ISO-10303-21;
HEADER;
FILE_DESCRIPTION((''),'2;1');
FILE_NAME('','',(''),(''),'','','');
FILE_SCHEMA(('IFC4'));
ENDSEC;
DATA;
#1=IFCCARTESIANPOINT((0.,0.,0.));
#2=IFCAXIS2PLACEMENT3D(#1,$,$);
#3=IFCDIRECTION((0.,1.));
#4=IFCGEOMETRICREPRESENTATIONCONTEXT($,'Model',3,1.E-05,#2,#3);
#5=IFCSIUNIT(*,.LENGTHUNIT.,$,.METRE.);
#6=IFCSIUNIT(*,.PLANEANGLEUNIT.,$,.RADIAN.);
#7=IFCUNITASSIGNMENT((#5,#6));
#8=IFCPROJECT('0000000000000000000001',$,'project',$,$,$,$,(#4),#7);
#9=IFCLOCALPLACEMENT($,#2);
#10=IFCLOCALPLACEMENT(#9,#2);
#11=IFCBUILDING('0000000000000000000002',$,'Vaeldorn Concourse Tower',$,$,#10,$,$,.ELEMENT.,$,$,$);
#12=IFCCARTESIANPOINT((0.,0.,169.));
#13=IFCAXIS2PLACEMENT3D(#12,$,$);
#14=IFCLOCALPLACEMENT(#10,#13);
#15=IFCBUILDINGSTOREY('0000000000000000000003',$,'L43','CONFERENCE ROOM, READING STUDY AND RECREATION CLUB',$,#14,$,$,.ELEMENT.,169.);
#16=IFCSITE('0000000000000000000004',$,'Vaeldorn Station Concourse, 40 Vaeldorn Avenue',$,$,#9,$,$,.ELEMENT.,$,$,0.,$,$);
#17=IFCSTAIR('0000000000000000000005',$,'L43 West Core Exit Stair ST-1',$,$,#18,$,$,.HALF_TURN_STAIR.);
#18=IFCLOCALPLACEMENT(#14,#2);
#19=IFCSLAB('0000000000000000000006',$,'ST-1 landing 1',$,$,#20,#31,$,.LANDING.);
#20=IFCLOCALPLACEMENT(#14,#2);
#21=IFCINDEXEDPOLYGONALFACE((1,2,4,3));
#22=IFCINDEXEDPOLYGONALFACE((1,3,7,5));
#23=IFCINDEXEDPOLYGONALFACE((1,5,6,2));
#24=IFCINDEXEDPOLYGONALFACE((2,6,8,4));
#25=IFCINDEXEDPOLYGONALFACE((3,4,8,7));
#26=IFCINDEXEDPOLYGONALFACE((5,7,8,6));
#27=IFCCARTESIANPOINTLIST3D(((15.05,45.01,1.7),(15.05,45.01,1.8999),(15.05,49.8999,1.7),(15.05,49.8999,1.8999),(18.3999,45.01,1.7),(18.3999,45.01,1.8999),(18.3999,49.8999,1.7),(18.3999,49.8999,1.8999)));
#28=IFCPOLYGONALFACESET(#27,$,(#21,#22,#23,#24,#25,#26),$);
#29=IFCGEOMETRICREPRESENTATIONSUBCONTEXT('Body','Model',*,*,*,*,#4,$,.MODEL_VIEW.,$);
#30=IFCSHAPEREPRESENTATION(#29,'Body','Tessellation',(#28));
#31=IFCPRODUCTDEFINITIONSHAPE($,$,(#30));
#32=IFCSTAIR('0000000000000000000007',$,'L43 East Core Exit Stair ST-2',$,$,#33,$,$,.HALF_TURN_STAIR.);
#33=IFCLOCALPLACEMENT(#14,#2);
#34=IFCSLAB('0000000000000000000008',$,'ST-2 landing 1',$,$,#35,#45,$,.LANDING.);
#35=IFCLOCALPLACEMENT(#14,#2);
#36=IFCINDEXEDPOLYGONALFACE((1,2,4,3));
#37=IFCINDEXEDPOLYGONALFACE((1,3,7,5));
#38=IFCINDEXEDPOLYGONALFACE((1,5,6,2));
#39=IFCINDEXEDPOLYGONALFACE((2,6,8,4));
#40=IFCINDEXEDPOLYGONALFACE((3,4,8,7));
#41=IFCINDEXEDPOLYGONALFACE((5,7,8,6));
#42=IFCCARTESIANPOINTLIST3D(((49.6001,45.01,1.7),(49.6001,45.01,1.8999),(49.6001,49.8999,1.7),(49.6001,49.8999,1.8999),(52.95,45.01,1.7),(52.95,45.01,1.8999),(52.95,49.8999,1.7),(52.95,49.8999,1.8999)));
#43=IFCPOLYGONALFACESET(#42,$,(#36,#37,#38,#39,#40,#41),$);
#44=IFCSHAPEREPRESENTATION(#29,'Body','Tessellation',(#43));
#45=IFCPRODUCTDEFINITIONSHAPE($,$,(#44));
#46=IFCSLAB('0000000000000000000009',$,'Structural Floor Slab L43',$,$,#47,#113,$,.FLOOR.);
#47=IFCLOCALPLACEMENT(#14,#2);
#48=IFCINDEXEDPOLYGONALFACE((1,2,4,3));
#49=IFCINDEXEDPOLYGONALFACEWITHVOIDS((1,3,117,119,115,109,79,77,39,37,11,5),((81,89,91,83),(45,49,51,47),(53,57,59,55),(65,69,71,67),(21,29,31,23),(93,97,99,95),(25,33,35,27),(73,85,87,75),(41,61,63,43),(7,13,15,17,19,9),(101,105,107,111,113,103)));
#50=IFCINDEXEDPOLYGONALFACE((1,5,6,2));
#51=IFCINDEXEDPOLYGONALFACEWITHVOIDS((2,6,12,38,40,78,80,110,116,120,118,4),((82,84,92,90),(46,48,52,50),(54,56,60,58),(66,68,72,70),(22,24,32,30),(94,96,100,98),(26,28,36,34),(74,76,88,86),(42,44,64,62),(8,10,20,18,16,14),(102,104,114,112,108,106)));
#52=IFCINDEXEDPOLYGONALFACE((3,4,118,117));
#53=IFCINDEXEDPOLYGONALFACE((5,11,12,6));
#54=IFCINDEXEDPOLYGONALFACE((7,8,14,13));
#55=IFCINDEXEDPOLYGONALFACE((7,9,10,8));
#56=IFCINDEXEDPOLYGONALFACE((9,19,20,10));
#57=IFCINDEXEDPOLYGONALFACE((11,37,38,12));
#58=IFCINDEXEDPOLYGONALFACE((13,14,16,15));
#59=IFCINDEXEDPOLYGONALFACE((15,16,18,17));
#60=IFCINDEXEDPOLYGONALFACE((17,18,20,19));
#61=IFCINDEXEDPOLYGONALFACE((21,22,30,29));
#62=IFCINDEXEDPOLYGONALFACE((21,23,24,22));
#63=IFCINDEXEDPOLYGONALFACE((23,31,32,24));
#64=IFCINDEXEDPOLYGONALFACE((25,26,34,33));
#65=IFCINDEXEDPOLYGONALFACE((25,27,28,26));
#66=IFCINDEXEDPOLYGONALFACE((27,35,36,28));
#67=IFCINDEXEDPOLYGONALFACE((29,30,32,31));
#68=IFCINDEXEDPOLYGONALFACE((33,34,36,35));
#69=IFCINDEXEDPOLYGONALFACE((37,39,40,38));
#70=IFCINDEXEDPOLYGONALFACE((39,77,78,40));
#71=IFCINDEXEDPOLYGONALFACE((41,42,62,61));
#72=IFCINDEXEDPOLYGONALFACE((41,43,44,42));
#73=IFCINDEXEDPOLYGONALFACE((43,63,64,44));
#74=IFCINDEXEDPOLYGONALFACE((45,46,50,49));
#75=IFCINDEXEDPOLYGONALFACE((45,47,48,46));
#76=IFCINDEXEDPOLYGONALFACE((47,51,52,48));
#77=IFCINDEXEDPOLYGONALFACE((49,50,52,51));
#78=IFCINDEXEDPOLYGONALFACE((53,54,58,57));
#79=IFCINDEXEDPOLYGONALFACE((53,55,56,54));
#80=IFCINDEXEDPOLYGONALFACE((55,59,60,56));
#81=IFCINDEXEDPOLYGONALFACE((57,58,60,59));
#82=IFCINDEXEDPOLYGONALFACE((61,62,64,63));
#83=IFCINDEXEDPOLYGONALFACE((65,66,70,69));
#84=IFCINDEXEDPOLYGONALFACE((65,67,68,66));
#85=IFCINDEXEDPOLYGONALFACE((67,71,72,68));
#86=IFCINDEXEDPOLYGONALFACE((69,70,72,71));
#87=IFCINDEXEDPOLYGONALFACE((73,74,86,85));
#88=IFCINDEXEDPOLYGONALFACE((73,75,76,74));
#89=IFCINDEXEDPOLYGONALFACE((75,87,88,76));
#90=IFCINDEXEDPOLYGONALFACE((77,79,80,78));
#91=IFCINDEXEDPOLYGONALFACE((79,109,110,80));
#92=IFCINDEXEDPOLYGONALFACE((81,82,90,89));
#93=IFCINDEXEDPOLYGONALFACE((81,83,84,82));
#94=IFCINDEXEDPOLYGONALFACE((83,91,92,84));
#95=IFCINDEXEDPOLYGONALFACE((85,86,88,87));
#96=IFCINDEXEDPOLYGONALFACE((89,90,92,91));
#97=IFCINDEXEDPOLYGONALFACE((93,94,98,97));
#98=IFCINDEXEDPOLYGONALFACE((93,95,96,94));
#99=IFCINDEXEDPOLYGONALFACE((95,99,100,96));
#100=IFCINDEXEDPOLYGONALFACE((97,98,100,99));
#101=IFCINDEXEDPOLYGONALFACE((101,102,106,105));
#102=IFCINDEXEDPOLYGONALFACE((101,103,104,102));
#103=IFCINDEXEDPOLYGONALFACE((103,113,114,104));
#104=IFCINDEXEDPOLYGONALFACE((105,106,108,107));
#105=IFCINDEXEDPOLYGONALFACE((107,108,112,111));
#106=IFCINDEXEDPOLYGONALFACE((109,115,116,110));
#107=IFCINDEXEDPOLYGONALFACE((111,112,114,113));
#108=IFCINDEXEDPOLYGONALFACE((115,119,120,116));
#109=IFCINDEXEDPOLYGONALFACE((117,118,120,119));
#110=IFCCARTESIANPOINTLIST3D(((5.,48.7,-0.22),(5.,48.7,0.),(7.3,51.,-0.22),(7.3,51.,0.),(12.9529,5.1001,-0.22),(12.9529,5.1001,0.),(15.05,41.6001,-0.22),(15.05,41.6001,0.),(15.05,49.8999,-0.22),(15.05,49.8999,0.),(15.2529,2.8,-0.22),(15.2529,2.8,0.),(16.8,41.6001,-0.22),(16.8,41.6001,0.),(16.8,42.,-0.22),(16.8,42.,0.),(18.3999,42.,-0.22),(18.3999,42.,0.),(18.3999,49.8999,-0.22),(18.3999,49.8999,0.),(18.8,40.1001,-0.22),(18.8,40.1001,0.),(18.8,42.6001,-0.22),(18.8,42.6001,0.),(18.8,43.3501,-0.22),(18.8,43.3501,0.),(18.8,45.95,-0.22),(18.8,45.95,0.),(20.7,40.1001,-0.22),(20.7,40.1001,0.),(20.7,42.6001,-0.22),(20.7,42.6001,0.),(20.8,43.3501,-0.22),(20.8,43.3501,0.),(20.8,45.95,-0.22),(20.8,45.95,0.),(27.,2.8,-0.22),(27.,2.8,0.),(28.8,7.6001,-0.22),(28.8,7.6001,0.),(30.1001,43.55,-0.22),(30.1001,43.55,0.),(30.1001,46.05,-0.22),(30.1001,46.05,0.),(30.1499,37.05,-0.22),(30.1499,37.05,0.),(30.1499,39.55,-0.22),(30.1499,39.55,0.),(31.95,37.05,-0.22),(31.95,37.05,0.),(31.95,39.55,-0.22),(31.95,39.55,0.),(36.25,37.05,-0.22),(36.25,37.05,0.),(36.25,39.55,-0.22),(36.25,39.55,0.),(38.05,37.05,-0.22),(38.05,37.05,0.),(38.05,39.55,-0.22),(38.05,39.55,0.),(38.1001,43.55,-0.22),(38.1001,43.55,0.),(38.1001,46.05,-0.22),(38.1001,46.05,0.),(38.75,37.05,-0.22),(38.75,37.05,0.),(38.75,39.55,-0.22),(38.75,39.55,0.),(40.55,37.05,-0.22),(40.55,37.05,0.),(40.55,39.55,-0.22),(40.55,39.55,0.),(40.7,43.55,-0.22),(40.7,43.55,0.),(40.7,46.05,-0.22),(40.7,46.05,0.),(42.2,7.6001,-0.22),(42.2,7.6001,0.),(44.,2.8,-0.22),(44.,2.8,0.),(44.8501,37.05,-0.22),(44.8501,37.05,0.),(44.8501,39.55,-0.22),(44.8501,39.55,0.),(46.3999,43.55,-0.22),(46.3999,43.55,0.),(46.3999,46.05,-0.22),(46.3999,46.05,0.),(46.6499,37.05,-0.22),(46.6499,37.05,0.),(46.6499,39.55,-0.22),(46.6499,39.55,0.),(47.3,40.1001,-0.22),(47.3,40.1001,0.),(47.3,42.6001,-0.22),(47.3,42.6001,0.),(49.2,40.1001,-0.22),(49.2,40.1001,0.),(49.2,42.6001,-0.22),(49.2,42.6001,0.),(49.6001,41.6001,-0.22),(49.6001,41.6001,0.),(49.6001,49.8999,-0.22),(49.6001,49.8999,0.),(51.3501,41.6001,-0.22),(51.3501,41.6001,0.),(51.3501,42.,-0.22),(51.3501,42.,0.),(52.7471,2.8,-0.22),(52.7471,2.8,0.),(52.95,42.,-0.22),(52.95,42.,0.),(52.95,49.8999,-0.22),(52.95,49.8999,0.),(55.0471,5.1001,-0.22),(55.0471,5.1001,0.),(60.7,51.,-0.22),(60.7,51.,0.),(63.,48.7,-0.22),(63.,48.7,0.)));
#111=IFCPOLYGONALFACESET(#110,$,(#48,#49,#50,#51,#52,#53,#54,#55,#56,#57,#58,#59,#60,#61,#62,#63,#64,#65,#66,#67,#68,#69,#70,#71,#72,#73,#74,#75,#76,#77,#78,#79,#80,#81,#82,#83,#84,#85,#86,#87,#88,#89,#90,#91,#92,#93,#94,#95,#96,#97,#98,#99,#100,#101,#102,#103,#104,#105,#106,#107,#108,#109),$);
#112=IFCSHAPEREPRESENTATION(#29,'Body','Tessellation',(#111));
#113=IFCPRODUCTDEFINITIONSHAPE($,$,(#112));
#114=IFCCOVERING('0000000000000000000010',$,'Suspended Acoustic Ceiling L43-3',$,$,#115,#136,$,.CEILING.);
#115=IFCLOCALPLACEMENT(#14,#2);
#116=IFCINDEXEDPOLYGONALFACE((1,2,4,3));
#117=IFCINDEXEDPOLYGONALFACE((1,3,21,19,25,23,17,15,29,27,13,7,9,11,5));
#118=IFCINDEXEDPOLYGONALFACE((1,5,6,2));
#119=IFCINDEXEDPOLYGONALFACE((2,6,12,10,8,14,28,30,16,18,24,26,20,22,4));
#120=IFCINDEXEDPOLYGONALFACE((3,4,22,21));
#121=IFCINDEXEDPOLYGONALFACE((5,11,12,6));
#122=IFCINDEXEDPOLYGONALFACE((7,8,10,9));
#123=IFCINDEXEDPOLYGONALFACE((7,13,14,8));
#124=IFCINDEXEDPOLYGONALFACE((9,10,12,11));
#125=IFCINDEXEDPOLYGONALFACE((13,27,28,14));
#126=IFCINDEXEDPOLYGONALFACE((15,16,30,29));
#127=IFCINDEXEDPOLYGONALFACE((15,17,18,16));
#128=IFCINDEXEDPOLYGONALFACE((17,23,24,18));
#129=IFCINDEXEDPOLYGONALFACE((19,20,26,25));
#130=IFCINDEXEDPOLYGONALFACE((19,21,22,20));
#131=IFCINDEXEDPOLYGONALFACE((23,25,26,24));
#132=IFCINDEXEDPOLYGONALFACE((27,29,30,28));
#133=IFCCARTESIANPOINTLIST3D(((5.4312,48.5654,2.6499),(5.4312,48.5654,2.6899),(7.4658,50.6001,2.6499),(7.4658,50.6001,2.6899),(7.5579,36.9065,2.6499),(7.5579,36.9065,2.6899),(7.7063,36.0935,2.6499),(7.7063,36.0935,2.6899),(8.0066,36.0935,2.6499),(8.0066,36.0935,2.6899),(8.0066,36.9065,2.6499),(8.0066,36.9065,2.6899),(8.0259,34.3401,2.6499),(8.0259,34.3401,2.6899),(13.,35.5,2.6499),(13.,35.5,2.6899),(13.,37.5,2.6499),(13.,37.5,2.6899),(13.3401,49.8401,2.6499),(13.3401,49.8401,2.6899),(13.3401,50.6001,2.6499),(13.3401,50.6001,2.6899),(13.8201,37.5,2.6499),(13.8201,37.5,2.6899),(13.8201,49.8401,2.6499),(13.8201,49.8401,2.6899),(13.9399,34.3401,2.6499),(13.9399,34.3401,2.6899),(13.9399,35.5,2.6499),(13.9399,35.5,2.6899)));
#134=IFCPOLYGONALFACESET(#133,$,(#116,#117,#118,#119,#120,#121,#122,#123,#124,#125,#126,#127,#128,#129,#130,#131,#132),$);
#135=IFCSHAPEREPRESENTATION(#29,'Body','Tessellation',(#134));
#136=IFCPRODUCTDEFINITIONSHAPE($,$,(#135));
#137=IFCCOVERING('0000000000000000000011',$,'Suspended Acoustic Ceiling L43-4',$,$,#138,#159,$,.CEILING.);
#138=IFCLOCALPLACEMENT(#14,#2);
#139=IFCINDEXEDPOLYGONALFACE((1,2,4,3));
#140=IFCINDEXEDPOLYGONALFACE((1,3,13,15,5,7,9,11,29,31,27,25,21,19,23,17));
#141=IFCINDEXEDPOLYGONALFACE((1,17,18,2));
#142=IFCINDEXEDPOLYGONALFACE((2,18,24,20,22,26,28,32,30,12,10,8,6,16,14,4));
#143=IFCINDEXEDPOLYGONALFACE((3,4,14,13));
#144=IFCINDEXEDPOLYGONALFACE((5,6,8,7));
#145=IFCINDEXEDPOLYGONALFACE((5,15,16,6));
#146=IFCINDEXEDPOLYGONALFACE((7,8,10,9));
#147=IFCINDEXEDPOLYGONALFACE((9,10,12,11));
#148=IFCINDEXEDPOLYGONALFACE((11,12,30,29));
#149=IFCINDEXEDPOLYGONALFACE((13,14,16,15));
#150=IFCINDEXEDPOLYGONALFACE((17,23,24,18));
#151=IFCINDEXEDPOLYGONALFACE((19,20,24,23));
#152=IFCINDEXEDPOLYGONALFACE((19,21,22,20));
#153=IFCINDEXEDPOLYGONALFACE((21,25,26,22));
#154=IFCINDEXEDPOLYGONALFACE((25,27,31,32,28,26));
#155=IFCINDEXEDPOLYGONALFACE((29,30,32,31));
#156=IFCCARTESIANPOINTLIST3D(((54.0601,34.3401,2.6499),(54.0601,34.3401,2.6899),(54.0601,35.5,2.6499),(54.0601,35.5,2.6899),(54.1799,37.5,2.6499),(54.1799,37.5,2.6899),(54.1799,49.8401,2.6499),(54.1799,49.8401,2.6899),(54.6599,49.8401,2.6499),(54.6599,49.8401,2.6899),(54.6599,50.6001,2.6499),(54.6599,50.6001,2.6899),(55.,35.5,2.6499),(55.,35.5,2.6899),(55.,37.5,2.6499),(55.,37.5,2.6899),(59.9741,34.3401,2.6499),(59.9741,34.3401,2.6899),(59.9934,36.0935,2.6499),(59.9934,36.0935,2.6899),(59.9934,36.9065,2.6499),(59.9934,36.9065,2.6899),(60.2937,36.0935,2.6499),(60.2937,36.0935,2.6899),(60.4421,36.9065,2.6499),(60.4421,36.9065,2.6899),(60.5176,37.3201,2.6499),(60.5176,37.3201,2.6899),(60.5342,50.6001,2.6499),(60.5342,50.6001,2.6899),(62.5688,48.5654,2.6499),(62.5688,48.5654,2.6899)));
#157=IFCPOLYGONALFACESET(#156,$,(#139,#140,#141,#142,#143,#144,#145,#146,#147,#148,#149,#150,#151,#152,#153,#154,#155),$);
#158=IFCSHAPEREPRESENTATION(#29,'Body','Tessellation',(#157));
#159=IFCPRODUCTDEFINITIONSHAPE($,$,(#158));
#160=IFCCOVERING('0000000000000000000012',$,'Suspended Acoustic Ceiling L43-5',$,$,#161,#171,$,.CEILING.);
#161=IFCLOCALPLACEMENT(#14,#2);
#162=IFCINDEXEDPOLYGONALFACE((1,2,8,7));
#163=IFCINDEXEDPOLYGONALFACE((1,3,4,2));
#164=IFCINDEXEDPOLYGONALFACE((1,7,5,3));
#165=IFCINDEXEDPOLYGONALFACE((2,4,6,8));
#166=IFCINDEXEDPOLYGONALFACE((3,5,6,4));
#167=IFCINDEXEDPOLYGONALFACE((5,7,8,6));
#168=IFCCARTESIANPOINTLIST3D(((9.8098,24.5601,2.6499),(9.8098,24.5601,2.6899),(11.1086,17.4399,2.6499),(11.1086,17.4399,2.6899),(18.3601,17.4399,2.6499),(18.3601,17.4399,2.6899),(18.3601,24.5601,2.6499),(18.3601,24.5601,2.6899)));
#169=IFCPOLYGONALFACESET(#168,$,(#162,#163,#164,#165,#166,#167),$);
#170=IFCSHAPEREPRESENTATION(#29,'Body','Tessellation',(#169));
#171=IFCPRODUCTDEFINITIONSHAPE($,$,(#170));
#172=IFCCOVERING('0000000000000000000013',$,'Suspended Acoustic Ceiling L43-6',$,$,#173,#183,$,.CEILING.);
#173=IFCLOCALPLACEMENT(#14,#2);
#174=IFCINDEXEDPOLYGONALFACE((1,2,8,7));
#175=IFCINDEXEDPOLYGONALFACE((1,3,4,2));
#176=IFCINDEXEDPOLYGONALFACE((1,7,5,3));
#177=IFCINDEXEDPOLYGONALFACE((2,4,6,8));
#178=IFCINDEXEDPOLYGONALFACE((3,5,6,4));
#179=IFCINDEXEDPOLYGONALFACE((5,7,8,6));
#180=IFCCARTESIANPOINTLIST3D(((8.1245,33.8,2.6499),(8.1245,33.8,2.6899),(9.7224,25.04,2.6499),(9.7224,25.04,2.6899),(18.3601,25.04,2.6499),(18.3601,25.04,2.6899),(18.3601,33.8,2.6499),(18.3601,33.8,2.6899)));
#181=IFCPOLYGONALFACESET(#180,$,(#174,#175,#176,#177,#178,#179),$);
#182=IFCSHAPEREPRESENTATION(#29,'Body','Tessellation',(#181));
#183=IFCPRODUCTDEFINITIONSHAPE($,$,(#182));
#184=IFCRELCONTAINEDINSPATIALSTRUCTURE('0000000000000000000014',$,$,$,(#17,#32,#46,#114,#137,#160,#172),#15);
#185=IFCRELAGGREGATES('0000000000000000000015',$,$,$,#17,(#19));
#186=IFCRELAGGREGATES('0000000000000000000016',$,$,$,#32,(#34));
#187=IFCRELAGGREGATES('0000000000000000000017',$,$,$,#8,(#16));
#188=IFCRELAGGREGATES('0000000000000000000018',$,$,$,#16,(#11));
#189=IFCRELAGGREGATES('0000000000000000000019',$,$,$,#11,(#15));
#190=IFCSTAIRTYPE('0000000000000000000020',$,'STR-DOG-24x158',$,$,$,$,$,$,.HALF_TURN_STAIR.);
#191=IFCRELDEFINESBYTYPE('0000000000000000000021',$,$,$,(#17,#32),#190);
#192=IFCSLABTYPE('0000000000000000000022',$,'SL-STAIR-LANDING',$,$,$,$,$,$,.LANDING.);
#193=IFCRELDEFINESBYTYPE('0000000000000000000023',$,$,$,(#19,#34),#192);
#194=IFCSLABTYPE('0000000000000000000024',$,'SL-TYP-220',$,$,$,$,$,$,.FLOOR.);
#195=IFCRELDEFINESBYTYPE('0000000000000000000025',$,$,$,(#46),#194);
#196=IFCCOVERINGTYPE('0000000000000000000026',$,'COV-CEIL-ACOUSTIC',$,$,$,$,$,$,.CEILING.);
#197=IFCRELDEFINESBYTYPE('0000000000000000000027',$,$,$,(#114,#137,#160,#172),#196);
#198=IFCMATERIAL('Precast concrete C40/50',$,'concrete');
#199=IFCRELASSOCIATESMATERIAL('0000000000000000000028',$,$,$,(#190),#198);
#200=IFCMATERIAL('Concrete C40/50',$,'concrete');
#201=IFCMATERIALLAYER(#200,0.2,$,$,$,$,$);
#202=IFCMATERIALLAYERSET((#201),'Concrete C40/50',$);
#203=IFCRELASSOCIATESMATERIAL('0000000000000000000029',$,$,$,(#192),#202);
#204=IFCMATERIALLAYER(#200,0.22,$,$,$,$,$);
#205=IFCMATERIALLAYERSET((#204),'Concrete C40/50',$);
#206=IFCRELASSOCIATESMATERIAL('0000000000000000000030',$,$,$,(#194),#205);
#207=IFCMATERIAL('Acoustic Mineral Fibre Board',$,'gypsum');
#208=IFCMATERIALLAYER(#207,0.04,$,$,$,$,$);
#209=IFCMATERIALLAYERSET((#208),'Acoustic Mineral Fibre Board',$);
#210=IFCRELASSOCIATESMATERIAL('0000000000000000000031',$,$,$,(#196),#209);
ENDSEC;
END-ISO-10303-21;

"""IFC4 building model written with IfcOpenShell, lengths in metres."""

from ifc_helpers import new_model, si_unit, direction, frame, origin, place, context, subcontext, project, spatial, polyline, outline, extrude, material, layer, layer_set, type_object, element, aggregate, save


model = new_model("IFC4")

# Units and contexts
model_context = context("Model", 3, precision=1e-05, world=origin(), true_north=direction((0.0, 1.0)))
body_context = subcontext(model_context, "Body", "Model", "MODEL_VIEW")
ifc_project = project(units=[si_unit("LENGTHUNIT", "METRE"), si_unit("PLANEANGLEUNIT", "RADIAN")], contexts=[model_context])

# Site, building, storey
site_placement = place(None, origin())
site = spatial("IfcSite", under=ifc_project, at=site_placement, Name="Vaeldorn Station Concourse, 40 Vaeldorn Avenue", CompositionType="ELEMENT", RefElevation=0.0)
building_placement = place(site_placement, origin())
building = spatial("IfcBuilding", under=site, at=building_placement, Name="Vaeldorn Concourse Tower", CompositionType="ELEMENT")
storey_placement = place(building_placement, frame((0.0, 0.0, 169.0)))
storey = spatial("IfcBuildingStorey", under=building, at=storey_placement, Name="L43", Description="CONFERENCE ROOM, READING STUDY AND RECREATION CLUB", CompositionType="ELEMENT", Elevation=169.0)

# Stairs, slabs
ifc_material_1 = material(Name="Precast concrete C40/50", Category="concrete")
stair_type = type_object("IfcStairType", Name="STR-DOG-24x158", PredefinedType="HALF_TURN_STAIR", material=ifc_material_1)
stair_1_placement = place(storey_placement, origin())
stair_1 = element("IfcStair", 1, at=stair_1_placement, inside=storey, type_object=stair_type, Name="L43 West Core Exit Stair ST-1", PredefinedType="HALF_TURN_STAIR")
ifc_material_2 = material(Name="Concrete C40/50", Category="concrete")
ifc_layer_1 = layer(ifc_material_2, 0.2)
ifc_layer_set_1 = layer_set([ifc_layer_1], Name="Concrete C40/50")
slab_type_1 = type_object("IfcSlabType", Name="SL-STAIR-LANDING", PredefinedType="LANDING", material=ifc_layer_set_1)
slab_1_placement = place(storey_placement, frame((0.0, 0.0, 1.7)))
slab_1 = element("IfcSlab", 2, at=slab_1_placement, type_object=slab_type_1, Name="ST-1 landing 1", PredefinedType="LANDING", context=body_context, shape_type="SweptSolid", body=[
    extrude(outline(polyline([(18.3999, 45.01), (18.3999, 49.8999), (15.05, 49.8999), (15.05, 45.01), (18.3999, 45.01)])), origin(), (0.0, 0.0, 1.0), 0.2),
])
aggregate(stair_1, [slab_1])
stair_2_placement = place(storey_placement, origin())
stair_2 = element("IfcStair", 3, at=stair_2_placement, inside=storey, type_object=stair_type, Name="L43 East Core Exit Stair ST-2", PredefinedType="HALF_TURN_STAIR")
slab_2_placement = place(storey_placement, frame((0.0, 0.0, 1.7)))
slab_2 = element("IfcSlab", 4, at=slab_2_placement, type_object=slab_type_1, Name="ST-2 landing 1", PredefinedType="LANDING", context=body_context, shape_type="SweptSolid", body=[
    extrude(outline(polyline([(52.95, 45.01), (52.95, 49.8999), (49.6001, 49.8999), (49.6001, 45.01), (52.95, 45.01)])), origin(), (0.0, 0.0, 1.0), 0.2),
])
aggregate(stair_2, [slab_2])

# Slab
ifc_layer_2 = layer(ifc_material_2, 0.22)
ifc_layer_set_2 = layer_set([ifc_layer_2], Name="Concrete C40/50")
slab_type_2 = type_object("IfcSlabType", Name="SL-TYP-220", PredefinedType="FLOOR", material=ifc_layer_set_2)
slab_3_placement = place(storey_placement, frame((0.0, 0.0, -0.22)))
element("IfcSlab", 5, at=slab_3_placement, inside=storey, type_object=slab_type_2, Name="Structural Floor Slab L43", PredefinedType="FLOOR", context=body_context, shape_type="SweptSolid", body=[
    extrude(outline(polyline([(15.2529, 2.8), (27.0, 2.8), (28.8, 7.6001), (42.2, 7.6001), (44.0, 2.8), (52.7471, 2.8), (55.0471, 5.1001), (63.0, 48.7), (60.7, 51.0), (7.3, 51.0), (5.0, 48.7), (12.9529, 5.1001), (15.2529, 2.8)]), holes=[polyline([(18.3999, 42.0), (18.3999, 49.8999), (15.05, 49.8999), (15.05, 41.6001), (16.8, 41.6001), (16.8, 42.0), (18.3999, 42.0)]), polyline([(52.95, 42.0), (52.95, 49.8999), (49.6001, 49.8999), (49.6001, 41.6001), (51.3501, 41.6001), (51.3501, 42.0), (52.95, 42.0)]), polyline([(30.1499, 37.05), (31.95, 37.05), (31.95, 39.55), (30.1499, 39.55), (30.1499, 37.05)]), polyline([(36.25, 37.05), (38.05, 37.05), (38.05, 39.55), (36.25, 39.55), (36.25, 37.05)]), polyline([(30.1001, 43.55), (38.1001, 43.55), (38.1001, 46.05), (30.1001, 46.05), (30.1001, 43.55)]), polyline([(38.75, 37.05), (40.55, 37.05), (40.55, 39.55), (38.75, 39.55), (38.75, 37.05)]), polyline([(44.8501, 37.05), (46.6499, 37.05), (46.6499, 39.55), (44.8501, 39.55), (44.8501, 37.05)]), polyline([(40.7, 43.55), (46.3999, 43.55), (46.3999, 46.05), (40.7, 46.05), (40.7, 43.55)]), polyline([(18.8, 43.3501), (20.8, 43.3501), (20.8, 45.95), (18.8, 45.95), (18.8, 43.3501)]), polyline([(18.8, 40.1001), (20.7, 40.1001), (20.7, 42.6001), (18.8, 42.6001), (18.8, 40.1001)]), polyline([(47.3, 40.1001), (49.2, 40.1001), (49.2, 42.6001), (47.3, 42.6001), (47.3, 40.1001)])]), origin(), (0.0, 0.0, 1.0), 0.22),
])

# Coverings
ifc_material_3 = material(Name="Acoustic Mineral Fibre Board", Category="gypsum")
ifc_layer_3 = layer(ifc_material_3, 0.04)
ifc_layer_set_3 = layer_set([ifc_layer_3], Name="Acoustic Mineral Fibre Board")
covering_type_1 = type_object("IfcCoveringType", Name="COV-CEIL-ACOUSTIC", PredefinedType="CEILING", material=ifc_layer_set_3)
covering_1_placement = place(storey_placement, frame((0.0, 0.0, 2.6499)))
element("IfcCovering", 6, at=covering_1_placement, inside=storey, type_object=covering_type_1, Name="Suspended Acoustic Ceiling L43-3", PredefinedType="CEILING", context=body_context, shape_type="SweptSolid", body=[
    extrude(outline(polyline([(7.4658, 50.6001), (13.3401, 50.6001), (13.3401, 49.8401), (13.8201, 49.8401), (13.8201, 37.5), (13.0, 37.5), (13.0, 35.5), (13.9399, 35.5), (13.9399, 34.3401), (8.0259, 34.3401), (7.7063, 36.0935), (8.0066, 36.0935), (8.0066, 36.9065), (7.5579, 36.9065), (5.4312, 48.5654), (7.4658, 50.6001)])), origin(), (0.0, 0.0, 1.0), 0.04),
])
covering_2_placement = place(storey_placement, frame((0.0, 0.0, 2.6499)))
element("IfcCovering", 7, at=covering_2_placement, inside=storey, type_object=covering_type_1, Name="Suspended Acoustic Ceiling L43-4", PredefinedType="CEILING", context=body_context, shape_type="SweptSolid", body=[
    extrude(outline(polyline([(54.1799, 49.8401), (54.6599, 49.8401), (54.6599, 50.6001), (60.5342, 50.6001), (62.5688, 48.5654), (60.5176, 37.3201), (60.5176, 37.3201), (60.4421, 36.9065), (59.9934, 36.9065), (59.9934, 36.0935), (60.2937, 36.0935), (59.9741, 34.3401), (54.0601, 34.3401), (54.0601, 35.5), (55.0, 35.5), (55.0, 37.5), (54.1799, 37.5), (54.1799, 49.8401)])), origin(), (0.0, 0.0, 1.0), 0.04),
])
covering_3_placement = place(storey_placement, frame((0.0, 0.0, 2.6499)))
element("IfcCovering", 8, at=covering_3_placement, inside=storey, type_object=covering_type_1, Name="Suspended Acoustic Ceiling L43-5", PredefinedType="CEILING", context=body_context, shape_type="SweptSolid", body=[
    extrude(outline(polyline([(18.3601, 24.5601), (18.3601, 17.4399), (11.1086, 17.4399), (9.8098, 24.5601), (18.3601, 24.5601)])), origin(), (0.0, 0.0, 1.0), 0.04),
])
covering_4_placement = place(storey_placement, frame((0.0, 0.0, 2.6499)))
element("IfcCovering", 9, at=covering_4_placement, inside=storey, type_object=covering_type_1, Name="Suspended Acoustic Ceiling L43-6", PredefinedType="CEILING", context=body_context, shape_type="SweptSolid", body=[
    extrude(outline(polyline([(18.3601, 33.8), (18.3601, 25.04), (9.7224, 25.04), (8.1245, 33.8), (18.3601, 33.8)])), origin(), (0.0, 0.0, 1.0), 0.04),
])

save(model, "model.ifc")
